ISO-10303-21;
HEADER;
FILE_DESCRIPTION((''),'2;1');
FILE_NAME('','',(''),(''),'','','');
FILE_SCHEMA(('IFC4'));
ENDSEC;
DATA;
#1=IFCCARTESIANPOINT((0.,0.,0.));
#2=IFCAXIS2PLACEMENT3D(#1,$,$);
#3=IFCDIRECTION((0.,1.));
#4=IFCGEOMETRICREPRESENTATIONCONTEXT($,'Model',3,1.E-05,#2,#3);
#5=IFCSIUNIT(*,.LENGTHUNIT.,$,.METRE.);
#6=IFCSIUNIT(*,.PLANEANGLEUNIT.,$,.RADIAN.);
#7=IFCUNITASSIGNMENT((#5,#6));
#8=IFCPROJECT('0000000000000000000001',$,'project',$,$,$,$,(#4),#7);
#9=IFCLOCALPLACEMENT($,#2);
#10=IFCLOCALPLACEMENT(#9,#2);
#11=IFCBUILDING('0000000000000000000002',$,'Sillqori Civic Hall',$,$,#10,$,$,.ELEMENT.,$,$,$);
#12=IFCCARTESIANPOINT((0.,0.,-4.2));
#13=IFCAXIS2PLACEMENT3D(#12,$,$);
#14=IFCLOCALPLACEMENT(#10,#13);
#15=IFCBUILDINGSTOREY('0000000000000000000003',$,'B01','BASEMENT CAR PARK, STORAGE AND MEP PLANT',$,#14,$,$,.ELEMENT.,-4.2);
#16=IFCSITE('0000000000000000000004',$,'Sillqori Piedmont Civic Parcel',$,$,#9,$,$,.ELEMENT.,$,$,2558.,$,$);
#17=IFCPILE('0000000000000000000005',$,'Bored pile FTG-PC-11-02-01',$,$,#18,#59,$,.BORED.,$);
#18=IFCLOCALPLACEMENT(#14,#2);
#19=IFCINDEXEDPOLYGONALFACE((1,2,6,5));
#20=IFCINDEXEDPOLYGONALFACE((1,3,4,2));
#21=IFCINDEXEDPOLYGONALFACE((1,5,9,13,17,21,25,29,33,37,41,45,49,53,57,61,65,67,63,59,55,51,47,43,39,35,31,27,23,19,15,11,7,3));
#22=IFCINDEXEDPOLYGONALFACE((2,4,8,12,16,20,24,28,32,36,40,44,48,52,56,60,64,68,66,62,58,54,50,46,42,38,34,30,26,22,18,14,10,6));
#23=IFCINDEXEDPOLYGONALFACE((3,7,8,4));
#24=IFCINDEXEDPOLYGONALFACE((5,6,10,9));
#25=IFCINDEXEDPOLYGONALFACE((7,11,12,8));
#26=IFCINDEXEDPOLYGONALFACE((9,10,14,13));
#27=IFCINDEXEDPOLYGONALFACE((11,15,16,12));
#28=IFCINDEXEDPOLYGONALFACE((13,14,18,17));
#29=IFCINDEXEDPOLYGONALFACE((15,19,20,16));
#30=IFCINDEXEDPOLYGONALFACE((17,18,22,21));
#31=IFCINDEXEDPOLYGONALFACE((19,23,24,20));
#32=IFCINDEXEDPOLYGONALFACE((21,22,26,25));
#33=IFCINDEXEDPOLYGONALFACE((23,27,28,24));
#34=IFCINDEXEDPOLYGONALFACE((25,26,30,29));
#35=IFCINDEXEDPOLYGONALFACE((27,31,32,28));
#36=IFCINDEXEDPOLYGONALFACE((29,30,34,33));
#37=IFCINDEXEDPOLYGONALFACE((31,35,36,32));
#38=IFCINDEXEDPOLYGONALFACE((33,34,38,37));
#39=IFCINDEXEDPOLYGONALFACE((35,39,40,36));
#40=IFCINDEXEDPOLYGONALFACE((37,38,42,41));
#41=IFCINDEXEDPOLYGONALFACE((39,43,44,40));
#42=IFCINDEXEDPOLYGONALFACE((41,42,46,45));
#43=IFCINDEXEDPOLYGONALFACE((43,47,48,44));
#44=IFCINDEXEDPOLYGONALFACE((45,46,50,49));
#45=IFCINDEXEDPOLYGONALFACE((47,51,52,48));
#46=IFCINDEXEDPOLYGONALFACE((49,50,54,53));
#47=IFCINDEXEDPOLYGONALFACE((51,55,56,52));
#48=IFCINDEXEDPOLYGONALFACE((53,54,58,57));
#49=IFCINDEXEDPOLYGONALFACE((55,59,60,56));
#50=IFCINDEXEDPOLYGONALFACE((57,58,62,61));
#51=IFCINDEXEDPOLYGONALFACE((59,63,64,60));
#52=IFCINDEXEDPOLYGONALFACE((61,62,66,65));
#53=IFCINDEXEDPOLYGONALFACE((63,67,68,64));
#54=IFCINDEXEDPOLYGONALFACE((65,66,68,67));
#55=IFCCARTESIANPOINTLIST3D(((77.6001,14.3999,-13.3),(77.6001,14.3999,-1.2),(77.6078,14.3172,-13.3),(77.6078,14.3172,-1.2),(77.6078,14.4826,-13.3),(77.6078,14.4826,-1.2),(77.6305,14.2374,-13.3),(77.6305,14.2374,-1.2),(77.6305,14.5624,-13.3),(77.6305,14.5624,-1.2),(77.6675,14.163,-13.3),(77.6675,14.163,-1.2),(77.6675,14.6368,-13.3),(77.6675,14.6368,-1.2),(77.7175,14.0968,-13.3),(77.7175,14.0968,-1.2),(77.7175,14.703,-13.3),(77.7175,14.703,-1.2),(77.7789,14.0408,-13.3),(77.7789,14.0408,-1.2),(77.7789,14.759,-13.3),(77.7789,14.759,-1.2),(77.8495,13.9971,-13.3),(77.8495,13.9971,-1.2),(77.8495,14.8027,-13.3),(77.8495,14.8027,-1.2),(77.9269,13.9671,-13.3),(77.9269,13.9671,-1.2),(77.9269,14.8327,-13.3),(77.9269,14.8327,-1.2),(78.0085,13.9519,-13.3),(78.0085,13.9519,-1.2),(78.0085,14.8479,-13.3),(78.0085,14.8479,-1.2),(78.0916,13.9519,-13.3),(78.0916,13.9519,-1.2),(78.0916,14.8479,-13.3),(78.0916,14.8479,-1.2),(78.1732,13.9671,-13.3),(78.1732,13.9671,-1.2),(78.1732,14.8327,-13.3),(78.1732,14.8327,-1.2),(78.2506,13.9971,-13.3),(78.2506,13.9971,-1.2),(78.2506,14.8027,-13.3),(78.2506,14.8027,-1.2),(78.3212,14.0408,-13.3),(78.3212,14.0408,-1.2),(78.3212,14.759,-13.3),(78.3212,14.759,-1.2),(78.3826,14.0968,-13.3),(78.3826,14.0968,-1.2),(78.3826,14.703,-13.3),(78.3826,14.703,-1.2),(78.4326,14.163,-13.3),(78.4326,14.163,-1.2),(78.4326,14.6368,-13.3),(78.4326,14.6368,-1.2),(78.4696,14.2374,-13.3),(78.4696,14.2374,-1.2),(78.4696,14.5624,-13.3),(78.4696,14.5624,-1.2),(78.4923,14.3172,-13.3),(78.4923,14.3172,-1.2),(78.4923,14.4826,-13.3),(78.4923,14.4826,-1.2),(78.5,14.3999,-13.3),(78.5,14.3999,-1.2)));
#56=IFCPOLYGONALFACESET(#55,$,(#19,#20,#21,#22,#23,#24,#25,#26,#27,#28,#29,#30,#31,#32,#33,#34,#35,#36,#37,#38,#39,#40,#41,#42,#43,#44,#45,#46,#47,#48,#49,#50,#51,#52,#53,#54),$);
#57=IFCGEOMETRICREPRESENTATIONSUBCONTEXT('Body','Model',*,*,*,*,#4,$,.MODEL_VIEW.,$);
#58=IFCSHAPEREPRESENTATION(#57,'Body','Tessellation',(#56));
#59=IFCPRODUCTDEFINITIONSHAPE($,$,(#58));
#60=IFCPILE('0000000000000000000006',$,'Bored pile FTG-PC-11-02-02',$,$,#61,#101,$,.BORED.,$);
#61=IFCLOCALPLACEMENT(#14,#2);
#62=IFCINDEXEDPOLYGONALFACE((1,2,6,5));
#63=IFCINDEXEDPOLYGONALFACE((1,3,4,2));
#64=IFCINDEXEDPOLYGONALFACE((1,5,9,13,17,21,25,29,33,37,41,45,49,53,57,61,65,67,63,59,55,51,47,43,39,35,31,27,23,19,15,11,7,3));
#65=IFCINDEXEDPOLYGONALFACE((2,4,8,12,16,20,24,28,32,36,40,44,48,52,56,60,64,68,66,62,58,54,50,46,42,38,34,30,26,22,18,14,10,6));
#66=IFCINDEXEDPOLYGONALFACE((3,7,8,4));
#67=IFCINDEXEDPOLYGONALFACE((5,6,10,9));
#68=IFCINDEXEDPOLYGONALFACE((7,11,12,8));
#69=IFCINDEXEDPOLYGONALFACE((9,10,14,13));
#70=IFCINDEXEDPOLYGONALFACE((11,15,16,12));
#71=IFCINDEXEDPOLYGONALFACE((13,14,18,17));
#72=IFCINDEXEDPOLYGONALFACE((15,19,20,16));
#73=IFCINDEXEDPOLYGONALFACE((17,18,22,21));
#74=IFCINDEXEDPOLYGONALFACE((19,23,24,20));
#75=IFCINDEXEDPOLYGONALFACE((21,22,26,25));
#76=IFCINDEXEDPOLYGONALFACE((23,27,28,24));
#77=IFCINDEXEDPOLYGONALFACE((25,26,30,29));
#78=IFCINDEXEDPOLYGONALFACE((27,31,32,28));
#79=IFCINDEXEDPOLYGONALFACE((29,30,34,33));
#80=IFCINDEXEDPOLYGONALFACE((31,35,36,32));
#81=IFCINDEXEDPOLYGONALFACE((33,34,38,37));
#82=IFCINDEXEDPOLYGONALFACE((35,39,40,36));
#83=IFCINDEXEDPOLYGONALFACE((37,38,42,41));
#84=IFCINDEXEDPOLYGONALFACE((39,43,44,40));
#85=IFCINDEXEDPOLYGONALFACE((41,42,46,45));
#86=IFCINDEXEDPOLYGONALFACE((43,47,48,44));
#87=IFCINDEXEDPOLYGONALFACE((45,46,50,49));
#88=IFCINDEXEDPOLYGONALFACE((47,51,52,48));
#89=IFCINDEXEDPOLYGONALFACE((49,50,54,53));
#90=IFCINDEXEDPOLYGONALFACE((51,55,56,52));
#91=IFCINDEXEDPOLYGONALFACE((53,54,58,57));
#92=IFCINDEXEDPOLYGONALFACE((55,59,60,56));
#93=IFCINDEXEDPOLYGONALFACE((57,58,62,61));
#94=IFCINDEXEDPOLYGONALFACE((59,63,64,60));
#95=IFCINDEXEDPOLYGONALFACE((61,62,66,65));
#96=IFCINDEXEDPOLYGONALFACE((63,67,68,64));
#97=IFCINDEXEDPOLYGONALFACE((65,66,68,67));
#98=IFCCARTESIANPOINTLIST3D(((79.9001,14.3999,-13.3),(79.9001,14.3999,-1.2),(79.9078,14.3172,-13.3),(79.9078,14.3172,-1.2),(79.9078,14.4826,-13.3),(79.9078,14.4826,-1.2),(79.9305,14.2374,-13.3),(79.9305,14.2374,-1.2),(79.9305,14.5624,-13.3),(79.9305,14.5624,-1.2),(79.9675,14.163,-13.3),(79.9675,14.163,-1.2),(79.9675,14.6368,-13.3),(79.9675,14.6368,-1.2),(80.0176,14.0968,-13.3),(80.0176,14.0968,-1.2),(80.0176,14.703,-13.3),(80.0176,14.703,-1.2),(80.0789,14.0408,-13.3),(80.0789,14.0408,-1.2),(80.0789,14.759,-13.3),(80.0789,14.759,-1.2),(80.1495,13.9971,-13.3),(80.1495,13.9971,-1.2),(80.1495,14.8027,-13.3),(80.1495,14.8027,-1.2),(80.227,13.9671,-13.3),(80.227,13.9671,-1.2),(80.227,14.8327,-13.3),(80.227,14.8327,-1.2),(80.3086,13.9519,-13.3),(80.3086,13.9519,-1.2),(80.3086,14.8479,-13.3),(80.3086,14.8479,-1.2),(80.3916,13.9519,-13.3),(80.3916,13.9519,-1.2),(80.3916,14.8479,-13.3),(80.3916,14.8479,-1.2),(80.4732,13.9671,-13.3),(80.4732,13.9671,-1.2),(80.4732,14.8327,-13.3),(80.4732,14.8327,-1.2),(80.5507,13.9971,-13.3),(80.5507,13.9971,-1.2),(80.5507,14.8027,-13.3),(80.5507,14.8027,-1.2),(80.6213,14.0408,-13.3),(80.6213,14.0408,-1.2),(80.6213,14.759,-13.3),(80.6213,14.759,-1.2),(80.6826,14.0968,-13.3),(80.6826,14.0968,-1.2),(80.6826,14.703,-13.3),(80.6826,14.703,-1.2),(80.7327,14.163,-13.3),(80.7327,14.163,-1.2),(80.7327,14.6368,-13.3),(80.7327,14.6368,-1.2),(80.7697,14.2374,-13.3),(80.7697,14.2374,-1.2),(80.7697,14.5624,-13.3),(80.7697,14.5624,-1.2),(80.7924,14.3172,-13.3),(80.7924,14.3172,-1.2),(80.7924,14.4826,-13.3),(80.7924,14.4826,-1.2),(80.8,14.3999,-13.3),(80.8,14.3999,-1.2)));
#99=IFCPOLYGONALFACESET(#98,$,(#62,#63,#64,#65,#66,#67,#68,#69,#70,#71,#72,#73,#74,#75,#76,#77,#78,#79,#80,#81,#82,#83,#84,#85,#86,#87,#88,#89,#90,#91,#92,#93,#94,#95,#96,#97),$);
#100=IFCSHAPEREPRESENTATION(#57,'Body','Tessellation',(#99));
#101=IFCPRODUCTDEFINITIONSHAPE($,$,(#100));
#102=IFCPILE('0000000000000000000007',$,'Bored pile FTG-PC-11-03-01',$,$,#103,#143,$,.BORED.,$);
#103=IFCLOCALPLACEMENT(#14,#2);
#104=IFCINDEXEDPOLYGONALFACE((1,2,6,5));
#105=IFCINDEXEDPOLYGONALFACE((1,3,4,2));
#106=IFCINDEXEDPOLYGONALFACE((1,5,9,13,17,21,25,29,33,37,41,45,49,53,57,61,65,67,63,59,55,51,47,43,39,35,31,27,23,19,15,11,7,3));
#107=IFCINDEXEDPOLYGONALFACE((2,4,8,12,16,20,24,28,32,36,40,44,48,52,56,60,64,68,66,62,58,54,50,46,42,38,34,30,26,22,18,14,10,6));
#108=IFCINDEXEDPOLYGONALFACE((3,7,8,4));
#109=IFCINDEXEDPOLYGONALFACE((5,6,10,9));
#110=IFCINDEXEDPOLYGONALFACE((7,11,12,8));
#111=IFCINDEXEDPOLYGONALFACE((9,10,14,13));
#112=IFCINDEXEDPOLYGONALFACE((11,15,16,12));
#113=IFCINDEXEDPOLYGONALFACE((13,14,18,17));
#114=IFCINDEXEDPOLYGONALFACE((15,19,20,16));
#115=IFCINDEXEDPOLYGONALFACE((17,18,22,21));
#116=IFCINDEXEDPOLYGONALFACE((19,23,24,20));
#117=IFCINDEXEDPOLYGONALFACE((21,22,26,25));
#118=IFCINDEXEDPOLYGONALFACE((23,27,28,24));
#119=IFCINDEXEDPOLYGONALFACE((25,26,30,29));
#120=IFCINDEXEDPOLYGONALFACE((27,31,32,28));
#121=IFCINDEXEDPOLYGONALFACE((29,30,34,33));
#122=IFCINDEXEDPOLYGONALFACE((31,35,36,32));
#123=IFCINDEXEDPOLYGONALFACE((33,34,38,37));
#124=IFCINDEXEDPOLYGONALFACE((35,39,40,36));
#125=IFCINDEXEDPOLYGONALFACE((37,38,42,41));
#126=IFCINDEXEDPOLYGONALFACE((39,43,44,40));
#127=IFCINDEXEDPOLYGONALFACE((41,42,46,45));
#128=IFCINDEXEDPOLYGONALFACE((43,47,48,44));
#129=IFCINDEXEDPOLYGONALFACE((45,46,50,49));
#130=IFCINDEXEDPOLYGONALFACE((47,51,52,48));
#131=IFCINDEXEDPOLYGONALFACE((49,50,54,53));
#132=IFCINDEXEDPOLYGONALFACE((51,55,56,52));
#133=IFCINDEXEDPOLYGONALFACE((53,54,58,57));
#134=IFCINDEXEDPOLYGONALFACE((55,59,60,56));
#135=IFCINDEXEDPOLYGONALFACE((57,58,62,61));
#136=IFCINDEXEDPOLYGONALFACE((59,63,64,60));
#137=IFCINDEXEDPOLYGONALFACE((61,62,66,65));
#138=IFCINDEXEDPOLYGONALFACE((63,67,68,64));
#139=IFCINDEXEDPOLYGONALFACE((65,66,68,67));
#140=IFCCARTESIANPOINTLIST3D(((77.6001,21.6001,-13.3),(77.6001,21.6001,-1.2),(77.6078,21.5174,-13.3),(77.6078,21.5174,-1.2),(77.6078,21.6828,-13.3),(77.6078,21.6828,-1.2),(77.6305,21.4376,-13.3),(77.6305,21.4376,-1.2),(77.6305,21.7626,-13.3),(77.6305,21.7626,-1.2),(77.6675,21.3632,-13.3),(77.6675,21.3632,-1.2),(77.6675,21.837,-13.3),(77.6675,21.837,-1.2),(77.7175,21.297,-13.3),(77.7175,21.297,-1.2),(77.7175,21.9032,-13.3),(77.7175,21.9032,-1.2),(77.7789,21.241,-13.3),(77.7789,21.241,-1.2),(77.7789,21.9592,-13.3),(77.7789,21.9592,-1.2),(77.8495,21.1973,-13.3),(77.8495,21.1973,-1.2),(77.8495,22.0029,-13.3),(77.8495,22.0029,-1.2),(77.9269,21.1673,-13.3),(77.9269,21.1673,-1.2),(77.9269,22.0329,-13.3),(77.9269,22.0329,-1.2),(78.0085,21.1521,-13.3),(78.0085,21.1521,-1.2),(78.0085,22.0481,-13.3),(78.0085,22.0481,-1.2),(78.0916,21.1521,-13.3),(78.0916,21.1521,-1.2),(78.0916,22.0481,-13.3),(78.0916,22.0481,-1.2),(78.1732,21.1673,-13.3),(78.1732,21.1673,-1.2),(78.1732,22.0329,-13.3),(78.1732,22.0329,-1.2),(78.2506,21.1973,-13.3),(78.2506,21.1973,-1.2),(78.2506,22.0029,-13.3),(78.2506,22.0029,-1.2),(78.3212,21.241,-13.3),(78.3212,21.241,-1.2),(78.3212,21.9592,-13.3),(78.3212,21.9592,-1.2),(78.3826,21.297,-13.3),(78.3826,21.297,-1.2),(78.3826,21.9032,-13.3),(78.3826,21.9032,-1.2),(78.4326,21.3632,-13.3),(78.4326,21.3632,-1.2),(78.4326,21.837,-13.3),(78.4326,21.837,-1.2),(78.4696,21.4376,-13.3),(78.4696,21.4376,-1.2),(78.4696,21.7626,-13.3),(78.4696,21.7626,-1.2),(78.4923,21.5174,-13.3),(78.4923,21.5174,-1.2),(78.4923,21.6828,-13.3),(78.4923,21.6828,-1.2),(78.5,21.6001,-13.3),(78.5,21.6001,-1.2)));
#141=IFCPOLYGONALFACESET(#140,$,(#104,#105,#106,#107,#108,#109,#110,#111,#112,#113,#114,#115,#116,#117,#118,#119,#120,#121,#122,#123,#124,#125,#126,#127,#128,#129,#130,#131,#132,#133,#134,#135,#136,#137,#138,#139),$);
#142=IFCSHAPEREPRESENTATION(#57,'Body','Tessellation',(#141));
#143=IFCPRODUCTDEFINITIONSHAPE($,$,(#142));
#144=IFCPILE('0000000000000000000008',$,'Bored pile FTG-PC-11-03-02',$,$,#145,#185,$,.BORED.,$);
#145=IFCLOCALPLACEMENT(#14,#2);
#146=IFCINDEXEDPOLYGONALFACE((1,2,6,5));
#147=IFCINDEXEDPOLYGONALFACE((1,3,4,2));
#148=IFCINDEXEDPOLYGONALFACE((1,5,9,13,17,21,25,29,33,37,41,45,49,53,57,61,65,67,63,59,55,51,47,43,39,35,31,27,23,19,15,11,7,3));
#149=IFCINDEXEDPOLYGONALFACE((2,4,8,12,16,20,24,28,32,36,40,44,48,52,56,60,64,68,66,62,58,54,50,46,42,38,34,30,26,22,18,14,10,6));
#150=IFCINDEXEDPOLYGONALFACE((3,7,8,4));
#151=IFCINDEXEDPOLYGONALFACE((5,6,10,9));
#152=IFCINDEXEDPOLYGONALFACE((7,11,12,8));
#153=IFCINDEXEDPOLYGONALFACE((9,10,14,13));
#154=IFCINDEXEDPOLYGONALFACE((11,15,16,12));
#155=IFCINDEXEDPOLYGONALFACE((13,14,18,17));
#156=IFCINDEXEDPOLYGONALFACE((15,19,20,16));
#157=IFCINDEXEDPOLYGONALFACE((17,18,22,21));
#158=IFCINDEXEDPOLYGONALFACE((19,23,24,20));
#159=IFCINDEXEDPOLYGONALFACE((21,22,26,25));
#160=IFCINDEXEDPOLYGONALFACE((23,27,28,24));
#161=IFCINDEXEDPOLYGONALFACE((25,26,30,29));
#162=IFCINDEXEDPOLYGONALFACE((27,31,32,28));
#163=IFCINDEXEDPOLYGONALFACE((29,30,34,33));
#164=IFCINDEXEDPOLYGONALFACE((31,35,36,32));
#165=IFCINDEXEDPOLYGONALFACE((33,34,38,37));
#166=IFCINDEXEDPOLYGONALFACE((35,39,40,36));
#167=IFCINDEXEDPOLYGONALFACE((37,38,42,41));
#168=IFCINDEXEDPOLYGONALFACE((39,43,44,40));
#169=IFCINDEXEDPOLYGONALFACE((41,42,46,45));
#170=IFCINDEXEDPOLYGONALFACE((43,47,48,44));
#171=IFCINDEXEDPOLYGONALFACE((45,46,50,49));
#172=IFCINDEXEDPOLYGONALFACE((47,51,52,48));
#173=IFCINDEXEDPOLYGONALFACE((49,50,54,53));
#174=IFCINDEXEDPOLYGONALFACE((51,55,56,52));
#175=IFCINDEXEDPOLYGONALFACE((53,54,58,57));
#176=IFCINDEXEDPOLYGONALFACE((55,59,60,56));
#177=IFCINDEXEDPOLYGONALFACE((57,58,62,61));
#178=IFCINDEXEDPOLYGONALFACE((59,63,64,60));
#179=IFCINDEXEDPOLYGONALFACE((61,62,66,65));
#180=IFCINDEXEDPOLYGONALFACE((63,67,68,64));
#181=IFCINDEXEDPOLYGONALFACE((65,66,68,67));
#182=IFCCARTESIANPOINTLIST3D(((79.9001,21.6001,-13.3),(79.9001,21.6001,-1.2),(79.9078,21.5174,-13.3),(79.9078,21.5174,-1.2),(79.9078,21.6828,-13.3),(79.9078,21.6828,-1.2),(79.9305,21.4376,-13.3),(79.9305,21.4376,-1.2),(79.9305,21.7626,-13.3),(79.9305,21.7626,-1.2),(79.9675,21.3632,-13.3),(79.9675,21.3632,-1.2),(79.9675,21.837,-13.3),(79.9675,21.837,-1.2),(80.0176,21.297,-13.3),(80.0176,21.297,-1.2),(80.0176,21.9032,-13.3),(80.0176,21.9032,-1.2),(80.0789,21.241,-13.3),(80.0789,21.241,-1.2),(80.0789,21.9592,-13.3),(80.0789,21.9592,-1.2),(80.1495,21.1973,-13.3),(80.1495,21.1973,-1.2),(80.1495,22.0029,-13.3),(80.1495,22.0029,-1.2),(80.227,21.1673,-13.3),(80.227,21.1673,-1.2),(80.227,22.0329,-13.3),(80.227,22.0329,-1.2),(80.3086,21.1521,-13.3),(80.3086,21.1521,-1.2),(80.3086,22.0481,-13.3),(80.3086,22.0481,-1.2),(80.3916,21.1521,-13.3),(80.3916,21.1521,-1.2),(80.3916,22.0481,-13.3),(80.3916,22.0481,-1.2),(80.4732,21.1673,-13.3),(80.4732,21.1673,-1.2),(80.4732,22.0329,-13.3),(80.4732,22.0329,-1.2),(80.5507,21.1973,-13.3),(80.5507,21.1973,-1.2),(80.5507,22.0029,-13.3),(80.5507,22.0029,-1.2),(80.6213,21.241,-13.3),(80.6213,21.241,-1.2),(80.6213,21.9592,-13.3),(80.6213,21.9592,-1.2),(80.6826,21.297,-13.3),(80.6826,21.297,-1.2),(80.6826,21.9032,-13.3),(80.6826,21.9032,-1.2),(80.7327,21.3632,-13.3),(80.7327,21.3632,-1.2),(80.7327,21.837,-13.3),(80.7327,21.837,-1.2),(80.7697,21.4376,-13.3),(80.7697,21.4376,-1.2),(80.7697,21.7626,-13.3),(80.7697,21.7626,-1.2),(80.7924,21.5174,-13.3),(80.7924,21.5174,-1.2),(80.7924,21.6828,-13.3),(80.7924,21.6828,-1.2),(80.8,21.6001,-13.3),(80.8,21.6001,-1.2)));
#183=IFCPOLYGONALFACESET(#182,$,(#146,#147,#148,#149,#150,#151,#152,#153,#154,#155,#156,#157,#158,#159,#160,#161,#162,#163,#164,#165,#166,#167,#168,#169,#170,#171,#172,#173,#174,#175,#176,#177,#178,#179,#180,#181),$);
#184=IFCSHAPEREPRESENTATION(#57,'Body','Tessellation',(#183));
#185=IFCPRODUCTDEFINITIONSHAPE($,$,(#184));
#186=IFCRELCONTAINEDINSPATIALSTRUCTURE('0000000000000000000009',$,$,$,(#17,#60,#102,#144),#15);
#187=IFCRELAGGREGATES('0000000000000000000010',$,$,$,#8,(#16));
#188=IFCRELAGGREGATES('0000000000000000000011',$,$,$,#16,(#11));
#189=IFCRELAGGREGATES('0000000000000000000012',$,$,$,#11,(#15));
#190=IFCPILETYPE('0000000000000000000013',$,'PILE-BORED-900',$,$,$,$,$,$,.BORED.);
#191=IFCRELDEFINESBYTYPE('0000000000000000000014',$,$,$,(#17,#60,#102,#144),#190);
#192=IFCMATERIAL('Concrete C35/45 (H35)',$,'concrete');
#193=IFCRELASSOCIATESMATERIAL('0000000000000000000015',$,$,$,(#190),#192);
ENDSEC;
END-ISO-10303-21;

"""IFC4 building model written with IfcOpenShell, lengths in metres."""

from ifc_helpers import new_model, si_unit, direction, frame, origin, origin_2d, place, context, subcontext, project, spatial, circle, extrude, material, material_profile, profile_set, type_object, element, save


model = new_model("IFC4")

# Units and contexts
model_context = context("Model", 3, precision=1e-05, world=origin(), true_north=direction((0.0, 1.0)))
body_context = subcontext(model_context, "Body", "Model", "MODEL_VIEW")
ifc_project = project(units=[si_unit("LENGTHUNIT", "METRE"), si_unit("PLANEANGLEUNIT", "RADIAN")], contexts=[model_context])

# Site, building, storey
site_placement = place(None, origin())
site = spatial("IfcSite", under=ifc_project, at=site_placement, Name="Sillqori Piedmont Civic Parcel", CompositionType="ELEMENT", RefElevation=2558.0)
building_placement = place(site_placement, origin())
building = spatial("IfcBuilding", under=site, at=building_placement, Name="Sillqori Civic Hall", CompositionType="ELEMENT")
storey_placement = place(building_placement, frame((0.0, 0.0, -4.2)))
storey = spatial("IfcBuildingStorey", under=building, at=storey_placement, Name="B01", Description="BASEMENT CAR PARK, STORAGE AND MEP PLANT", CompositionType="ELEMENT", Elevation=-4.2)

# Shared definitions
ifc_material = material(Name="Concrete C35/45 (H35)", Category="concrete")

# Piles
ifc_material_profile_1 = material_profile(ifc_material, circle(Radius=0.45, at=origin_2d()), Name="BORED PILE 900")
ifc_profile_set_1 = profile_set([ifc_material_profile_1], Name="Concrete C35/45 (H35)")
pile_type = type_object("IfcPileType", Name="PILE-BORED-900", PredefinedType="BORED", material=ifc_profile_set_1)
for number, where, z_axis, x_axis, name in (
    (1, (78.05, 14.3999, -1.2), (0.0, 0.0, -1.0), (1.0, 0.0, 0.0), "Bored pile FTG-PC-11-02-01"),
    (2, (80.3501, 14.3999, -1.2), (0.0, 0.0, -1.0), (1.0, 0.0, 0.0), "Bored pile FTG-PC-11-02-02"),
    (3, (78.05, 21.6001, -1.2), (0.0, 0.0, -1.0), (1.0, 0.0, 0.0), "Bored pile FTG-PC-11-03-01"),
    (4, (80.3501, 21.6001, -1.2), (0.0, 0.0, -1.0), (1.0, 0.0, 0.0), "Bored pile FTG-PC-11-03-02"),
):
    element("IfcPile", number, at=place(storey_placement, frame(where, z_axis=z_axis, x_axis=x_axis)), inside=storey, type_object=pile_type, Name=name, PredefinedType="BORED", context=body_context, shape_type="SweptSolid", body=[
        extrude(circle(Radius=0.45, at=origin_2d()), origin(), (0.0, 0.0, 1.0), 12.1001),
    ])

save(model, "model.ifc")
